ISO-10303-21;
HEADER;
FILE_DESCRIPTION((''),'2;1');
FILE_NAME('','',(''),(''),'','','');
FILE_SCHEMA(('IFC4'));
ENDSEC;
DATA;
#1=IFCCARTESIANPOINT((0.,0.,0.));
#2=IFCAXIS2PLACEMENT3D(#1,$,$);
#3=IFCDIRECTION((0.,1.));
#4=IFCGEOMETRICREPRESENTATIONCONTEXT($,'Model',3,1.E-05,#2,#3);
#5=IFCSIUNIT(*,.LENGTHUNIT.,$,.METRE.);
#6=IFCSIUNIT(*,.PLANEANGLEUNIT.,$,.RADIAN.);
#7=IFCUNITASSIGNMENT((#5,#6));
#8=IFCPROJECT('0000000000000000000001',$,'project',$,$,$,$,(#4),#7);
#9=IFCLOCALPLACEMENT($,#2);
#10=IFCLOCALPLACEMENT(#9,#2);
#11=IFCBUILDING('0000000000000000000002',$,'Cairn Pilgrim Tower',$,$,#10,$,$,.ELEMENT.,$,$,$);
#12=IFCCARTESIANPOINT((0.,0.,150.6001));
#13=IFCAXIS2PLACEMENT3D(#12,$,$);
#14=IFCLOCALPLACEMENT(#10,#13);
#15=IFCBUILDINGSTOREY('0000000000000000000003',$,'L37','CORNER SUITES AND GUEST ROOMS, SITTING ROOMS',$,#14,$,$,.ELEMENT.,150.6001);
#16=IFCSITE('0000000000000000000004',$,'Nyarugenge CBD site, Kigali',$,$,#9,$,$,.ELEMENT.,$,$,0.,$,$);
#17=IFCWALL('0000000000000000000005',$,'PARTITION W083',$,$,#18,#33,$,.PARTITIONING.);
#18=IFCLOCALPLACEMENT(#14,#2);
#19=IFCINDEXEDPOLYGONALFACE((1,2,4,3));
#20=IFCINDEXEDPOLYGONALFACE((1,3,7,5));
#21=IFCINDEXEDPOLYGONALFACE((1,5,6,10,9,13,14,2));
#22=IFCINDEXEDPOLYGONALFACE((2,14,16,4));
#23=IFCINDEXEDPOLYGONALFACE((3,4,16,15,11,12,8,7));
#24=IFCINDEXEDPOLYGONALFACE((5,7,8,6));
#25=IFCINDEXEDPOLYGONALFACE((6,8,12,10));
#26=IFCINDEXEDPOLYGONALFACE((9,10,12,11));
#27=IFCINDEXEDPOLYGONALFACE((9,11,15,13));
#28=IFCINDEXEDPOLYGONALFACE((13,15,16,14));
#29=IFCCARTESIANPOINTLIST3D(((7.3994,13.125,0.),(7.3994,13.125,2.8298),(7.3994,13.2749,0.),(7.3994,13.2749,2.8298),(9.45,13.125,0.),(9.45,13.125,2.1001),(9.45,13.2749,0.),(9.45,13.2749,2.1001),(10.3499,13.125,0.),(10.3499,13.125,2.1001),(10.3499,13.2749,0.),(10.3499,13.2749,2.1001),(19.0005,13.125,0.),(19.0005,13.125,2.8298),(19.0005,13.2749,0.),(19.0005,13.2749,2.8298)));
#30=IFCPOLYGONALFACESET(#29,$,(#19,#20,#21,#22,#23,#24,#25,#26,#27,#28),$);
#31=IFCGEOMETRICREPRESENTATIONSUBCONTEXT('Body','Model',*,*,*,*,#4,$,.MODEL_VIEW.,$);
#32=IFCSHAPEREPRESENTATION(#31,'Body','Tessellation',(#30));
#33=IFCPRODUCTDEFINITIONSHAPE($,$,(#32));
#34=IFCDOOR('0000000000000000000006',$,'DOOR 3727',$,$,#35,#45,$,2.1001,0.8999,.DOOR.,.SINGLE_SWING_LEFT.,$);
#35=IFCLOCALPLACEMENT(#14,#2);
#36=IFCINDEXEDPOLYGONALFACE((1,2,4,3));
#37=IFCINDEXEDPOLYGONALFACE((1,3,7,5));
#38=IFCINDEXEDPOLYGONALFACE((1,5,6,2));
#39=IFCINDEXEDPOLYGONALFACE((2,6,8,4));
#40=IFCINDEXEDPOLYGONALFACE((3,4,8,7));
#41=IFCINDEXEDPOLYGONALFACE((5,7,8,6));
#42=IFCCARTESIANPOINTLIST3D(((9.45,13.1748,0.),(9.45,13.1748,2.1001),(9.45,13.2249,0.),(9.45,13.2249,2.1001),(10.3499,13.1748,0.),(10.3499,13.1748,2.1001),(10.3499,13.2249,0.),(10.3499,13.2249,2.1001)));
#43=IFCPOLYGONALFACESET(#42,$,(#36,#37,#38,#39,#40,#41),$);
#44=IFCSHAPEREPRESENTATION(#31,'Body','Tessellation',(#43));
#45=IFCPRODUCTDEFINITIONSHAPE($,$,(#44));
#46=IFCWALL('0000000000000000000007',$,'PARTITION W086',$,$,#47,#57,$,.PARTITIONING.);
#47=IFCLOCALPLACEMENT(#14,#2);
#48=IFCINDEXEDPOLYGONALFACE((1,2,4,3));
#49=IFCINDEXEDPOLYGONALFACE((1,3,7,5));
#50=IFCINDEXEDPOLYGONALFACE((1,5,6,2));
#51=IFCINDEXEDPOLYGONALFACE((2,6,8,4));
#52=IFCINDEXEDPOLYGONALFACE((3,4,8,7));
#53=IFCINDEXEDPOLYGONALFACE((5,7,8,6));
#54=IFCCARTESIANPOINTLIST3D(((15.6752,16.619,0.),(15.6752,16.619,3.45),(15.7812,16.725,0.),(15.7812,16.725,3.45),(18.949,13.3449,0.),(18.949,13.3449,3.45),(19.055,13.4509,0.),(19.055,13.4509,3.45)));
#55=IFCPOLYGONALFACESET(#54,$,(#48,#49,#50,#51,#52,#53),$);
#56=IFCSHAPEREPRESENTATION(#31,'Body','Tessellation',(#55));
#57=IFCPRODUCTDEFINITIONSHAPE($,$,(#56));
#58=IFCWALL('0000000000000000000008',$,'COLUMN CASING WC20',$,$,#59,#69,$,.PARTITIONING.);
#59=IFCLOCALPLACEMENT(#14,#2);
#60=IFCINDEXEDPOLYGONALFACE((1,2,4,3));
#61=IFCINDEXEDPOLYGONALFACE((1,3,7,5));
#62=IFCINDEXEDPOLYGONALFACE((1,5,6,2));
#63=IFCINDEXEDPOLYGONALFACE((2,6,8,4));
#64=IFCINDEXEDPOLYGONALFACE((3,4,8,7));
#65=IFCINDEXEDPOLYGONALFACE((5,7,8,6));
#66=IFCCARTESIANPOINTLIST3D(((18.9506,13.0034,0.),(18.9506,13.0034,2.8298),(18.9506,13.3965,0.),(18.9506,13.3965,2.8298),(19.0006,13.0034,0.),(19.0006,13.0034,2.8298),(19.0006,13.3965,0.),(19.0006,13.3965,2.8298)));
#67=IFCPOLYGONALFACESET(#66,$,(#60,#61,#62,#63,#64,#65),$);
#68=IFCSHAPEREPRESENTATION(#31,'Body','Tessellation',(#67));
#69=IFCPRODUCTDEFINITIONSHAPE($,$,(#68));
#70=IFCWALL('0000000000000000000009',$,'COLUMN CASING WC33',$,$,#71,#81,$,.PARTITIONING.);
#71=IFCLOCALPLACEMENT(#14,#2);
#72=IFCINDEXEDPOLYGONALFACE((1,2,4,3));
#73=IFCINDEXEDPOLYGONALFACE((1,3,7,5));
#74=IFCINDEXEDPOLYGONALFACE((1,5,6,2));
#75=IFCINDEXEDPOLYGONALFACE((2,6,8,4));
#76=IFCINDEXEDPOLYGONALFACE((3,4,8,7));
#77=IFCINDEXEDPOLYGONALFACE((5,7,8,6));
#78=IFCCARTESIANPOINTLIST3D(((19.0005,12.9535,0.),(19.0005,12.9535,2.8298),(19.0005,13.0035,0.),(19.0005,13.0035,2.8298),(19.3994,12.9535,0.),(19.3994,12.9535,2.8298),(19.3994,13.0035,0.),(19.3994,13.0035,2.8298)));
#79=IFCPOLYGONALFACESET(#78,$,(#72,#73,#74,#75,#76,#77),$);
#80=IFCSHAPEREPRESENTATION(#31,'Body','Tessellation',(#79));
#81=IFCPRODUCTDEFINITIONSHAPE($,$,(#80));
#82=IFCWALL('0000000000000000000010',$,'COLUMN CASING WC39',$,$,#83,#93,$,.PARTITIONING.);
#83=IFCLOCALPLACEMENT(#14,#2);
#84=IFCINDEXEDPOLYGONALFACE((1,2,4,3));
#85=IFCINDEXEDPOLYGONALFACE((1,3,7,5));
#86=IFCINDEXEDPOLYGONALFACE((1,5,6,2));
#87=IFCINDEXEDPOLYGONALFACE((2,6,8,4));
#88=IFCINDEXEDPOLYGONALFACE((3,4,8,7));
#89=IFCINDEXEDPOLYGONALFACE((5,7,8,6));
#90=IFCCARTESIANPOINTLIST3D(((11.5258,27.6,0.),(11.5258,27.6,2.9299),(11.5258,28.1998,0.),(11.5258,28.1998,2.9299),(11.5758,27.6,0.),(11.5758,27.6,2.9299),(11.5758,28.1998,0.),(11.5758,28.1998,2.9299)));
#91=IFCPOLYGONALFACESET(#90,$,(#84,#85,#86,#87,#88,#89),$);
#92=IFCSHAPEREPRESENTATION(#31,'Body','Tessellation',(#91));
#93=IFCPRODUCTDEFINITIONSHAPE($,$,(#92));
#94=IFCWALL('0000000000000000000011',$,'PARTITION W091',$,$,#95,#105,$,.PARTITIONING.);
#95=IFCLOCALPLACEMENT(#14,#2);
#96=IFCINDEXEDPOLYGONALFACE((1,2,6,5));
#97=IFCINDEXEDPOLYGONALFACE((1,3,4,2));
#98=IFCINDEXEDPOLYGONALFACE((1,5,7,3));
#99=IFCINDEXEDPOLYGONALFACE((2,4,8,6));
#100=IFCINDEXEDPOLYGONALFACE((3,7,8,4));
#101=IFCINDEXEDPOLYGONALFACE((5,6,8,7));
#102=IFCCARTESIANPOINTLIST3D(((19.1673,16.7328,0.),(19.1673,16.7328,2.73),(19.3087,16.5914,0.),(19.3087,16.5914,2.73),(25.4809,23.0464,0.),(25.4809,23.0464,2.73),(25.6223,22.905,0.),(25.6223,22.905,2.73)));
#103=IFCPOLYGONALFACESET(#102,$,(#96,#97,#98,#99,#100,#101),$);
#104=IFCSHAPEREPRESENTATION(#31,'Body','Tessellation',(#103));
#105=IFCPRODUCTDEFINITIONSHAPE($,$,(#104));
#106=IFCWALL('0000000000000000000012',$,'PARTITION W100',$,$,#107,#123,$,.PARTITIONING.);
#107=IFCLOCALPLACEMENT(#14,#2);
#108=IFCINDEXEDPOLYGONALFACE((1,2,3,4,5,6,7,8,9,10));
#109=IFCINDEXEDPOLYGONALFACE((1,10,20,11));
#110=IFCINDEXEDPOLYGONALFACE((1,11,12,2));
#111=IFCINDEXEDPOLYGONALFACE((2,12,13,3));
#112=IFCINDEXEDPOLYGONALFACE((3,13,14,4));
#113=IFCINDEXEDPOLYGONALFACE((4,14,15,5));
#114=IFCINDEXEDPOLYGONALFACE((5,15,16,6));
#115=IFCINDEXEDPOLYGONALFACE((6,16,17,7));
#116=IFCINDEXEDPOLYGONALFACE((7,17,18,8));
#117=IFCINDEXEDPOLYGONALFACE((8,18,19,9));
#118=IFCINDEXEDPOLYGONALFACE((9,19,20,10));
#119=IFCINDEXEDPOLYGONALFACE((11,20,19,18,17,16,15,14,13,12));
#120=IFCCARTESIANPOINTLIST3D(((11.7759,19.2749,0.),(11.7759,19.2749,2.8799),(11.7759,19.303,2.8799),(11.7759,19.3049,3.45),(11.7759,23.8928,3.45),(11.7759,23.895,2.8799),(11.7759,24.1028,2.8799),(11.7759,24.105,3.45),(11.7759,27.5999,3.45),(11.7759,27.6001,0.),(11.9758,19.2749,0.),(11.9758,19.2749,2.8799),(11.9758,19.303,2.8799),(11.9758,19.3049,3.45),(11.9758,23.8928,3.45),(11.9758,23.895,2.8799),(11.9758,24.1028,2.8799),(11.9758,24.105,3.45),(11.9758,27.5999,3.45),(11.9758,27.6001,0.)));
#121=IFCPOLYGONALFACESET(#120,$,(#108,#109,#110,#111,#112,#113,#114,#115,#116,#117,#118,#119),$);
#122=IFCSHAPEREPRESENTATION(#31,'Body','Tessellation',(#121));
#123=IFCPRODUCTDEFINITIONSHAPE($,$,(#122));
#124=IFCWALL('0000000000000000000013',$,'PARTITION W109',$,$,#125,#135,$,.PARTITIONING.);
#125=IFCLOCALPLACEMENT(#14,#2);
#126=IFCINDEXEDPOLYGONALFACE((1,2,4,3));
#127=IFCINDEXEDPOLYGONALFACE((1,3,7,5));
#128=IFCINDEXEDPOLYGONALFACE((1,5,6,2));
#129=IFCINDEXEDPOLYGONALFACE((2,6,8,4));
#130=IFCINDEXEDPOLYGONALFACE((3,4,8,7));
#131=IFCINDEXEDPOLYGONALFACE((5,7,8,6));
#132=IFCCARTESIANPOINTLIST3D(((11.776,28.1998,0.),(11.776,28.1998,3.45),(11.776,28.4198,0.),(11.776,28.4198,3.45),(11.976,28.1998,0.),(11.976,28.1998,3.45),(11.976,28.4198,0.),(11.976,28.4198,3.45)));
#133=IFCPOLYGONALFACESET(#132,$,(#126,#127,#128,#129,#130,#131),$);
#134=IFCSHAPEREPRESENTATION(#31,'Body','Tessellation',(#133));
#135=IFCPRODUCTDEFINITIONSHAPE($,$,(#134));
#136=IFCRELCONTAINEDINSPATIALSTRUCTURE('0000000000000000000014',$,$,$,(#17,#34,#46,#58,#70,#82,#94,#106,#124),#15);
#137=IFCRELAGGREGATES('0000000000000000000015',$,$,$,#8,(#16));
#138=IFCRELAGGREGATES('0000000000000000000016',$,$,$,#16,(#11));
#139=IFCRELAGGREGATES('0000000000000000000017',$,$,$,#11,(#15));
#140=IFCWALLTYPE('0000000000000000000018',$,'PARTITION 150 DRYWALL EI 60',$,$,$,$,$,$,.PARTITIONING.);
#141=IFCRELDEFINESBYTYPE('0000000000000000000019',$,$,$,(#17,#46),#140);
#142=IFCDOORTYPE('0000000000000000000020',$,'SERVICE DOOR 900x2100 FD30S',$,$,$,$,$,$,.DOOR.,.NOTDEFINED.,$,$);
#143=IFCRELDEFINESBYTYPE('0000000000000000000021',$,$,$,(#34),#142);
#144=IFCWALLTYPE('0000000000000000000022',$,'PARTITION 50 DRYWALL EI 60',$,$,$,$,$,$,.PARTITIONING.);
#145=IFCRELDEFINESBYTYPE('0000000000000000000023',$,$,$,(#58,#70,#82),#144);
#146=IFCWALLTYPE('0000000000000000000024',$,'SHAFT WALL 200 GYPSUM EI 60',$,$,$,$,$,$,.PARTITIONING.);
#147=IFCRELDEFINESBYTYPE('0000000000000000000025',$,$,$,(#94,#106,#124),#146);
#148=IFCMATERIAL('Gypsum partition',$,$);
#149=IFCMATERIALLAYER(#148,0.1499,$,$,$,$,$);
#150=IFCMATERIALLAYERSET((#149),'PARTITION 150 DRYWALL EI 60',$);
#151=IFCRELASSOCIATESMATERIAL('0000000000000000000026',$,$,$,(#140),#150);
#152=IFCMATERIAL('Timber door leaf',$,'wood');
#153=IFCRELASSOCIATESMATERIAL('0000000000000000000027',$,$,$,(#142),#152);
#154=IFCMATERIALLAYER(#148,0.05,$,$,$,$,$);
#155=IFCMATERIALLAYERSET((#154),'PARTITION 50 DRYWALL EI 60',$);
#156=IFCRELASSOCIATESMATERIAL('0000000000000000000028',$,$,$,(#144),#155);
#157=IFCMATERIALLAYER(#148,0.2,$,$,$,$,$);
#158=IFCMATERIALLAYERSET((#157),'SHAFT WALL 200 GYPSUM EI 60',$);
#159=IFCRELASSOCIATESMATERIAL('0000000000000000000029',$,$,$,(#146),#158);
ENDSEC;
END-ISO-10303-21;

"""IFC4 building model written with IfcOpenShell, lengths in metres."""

from ifc_helpers import new_model, si_unit, direction, frame, frame_2d, origin, place, context, subcontext, project, spatial, polyline, rectangle, outline, extrude, material, layer, layer_set, type_object, element, fill, save


model = new_model("IFC4")

# Units and contexts
model_context = context("Model", 3, precision=1e-05, world=origin(), true_north=direction((0.0, 1.0)))
body_context = subcontext(model_context, "Body", "Model", "MODEL_VIEW")
ifc_project = project(units=[si_unit("LENGTHUNIT", "METRE"), si_unit("PLANEANGLEUNIT", "RADIAN")], contexts=[model_context])

# Site, building, storey
site_placement = place(None, origin())
site = spatial("IfcSite", under=ifc_project, at=site_placement, Name="Nyarugenge CBD site, Kigali", CompositionType="ELEMENT", RefElevation=0.0)
building_placement = place(site_placement, origin())
building = spatial("IfcBuilding", under=site, at=building_placement, Name="Cairn Pilgrim Tower", CompositionType="ELEMENT")
storey_placement = place(building_placement, frame((0.0, 0.0, 150.6001)))
storey = spatial("IfcBuildingStorey", under=building, at=storey_placement, Name="L37", Description="CORNER SUITES AND GUEST ROOMS, SITTING ROOMS", CompositionType="ELEMENT", Elevation=150.6001)

# Shared definitions
ifc_material_1 = material(Name="Gypsum partition")
ifc_material_2 = material(Name="Timber door leaf", Category="wood")

# Wall, opening, door
ifc_layer_1 = layer(ifc_material_1, 0.1499)
ifc_layer_set_1 = layer_set([ifc_layer_1], Name="PARTITION 150 DRYWALL EI 60")
wall_type_1 = type_object("IfcWallType", Name="PARTITION 150 DRYWALL EI 60", PredefinedType="PARTITIONING", material=ifc_layer_set_1)
wall_1_placement = place(storey_placement, frame((7.3994, 13.2, 0.0), z_axis=(0.0, 0.0, 1.0), x_axis=(1.0, 0.0, 0.0)))
wall_1 = element("IfcWall", 1, at=wall_1_placement, inside=storey, type_object=wall_type_1, Name="PARTITION W083", PredefinedType="PARTITIONING", context=body_context, shape_type="SweptSolid", body=[
    extrude(rectangle(XDim=11.6011, YDim=0.1499, at=frame_2d((5.8005, 0.0))), origin(), (0.0, 0.0, 1.0), 2.8298),
])
opening_1_placement = place(wall_1_placement, frame((2.0505, 0.0, 0.0)))
opening_1 = element("IfcOpeningElement", 2, at=opening_1_placement, cuts=wall_1, PredefinedType="OPENING", context=body_context, shape_type="SweptSolid", body=[
    extrude(rectangle(XDim=0.8999, YDim=2.1001, at=frame_2d((0.45, 1.05))), frame((0.0, 0.085, 0.0), z_axis=(0.0, -1.0, 0.0), x_axis=(1.0, 0.0, 0.0)), (0.0, 0.0, 1.0), 0.1699),
])
door_type_1 = type_object("IfcDoorType", Name="SERVICE DOOR 900x2100 FD30S", OperationType="NOTDEFINED", PredefinedType="DOOR", material=ifc_material_2)
door_1_placement = place(opening_1_placement, origin())
door_1 = element("IfcDoor", 3, at=door_1_placement, inside=storey, type_object=door_type_1, Name="DOOR 3727", OperationType="SINGLE_SWING_LEFT", OverallHeight=2.1001, OverallWidth=0.8999, PredefinedType="DOOR", context=body_context, shape_type="SweptSolid", body=[
    extrude(rectangle(XDim=0.8999, YDim=2.1001, at=frame_2d((0.45, 1.05))), frame((0.0, 0.0249, 0.0), z_axis=(0.0, -1.0, 0.0), x_axis=(1.0, 0.0, 0.0)), (0.0, 0.0, 1.0), 0.05),
])
fill(opening_1, door_1)

# Walls
wall_2_placement = place(storey_placement, frame((19.002, 13.3979, 0.0), z_axis=(0.0, 0.0, 1.0), x_axis=(-0.70708, 0.707133, 0.0)))
element("IfcWall", 4, at=wall_2_placement, inside=storey, type_object=wall_type_1, Name="PARTITION W086", PredefinedType="PARTITIONING", context=body_context, shape_type="SweptSolid", body=[
    extrude(rectangle(XDim=4.6301, YDim=0.1499, at=frame_2d((2.3149, 0.0))), origin(), (0.0, 0.0, 1.0), 3.45),
])
ifc_layer_2 = layer(ifc_material_1, 0.05)
ifc_layer_set_2 = layer_set([ifc_layer_2], Name="PARTITION 50 DRYWALL EI 60")
wall_type_2 = type_object("IfcWallType", Name="PARTITION 50 DRYWALL EI 60", PredefinedType="PARTITIONING", material=ifc_layer_set_2)
wall_3_placement = place(storey_placement, frame((18.9756, 13.0034, 0.0), z_axis=(0.0, 0.0, 1.0), x_axis=(0.0, 1.0, 0.0)))
element("IfcWall", 5, at=wall_3_placement, inside=storey, type_object=wall_type_2, Name="COLUMN CASING WC20", PredefinedType="PARTITIONING", context=body_context, shape_type="SweptSolid", body=[
    extrude(rectangle(XDim=0.3931, YDim=0.05, at=frame_2d((0.1965, 0.0))), origin(), (0.0, 0.0, 1.0), 2.8298),
])
wall_4_placement = place(storey_placement, frame((19.0005, 12.9785, 0.0), z_axis=(0.0, 0.0, 1.0), x_axis=(1.0, 0.0, 0.0)))
element("IfcWall", 6, at=wall_4_placement, inside=storey, type_object=wall_type_2, Name="COLUMN CASING WC33", PredefinedType="PARTITIONING", context=body_context, shape_type="SweptSolid", body=[
    extrude(rectangle(XDim=0.3989, YDim=0.05, at=frame_2d((0.1995, 0.0))), origin(), (0.0, 0.0, 1.0), 2.8298),
])
wall_5_placement = place(storey_placement, frame((11.5508, 27.6001, 0.0), z_axis=(0.0, 0.0, 1.0), x_axis=(0.0, 1.0, 0.0)))
element("IfcWall", 7, at=wall_5_placement, inside=storey, type_object=wall_type_2, Name="COLUMN CASING WC39", PredefinedType="PARTITIONING", context=body_context, shape_type="SweptSolid", body=[
    extrude(rectangle(XDim=0.5999, YDim=0.05, at=frame_2d((0.2998, 0.0))), origin(), (0.0, 0.0, 1.0), 2.9299),
])
ifc_layer_3 = layer(ifc_material_1, 0.2)
ifc_layer_set_3 = layer_set([ifc_layer_3], Name="SHAFT WALL 200 GYPSUM EI 60")
wall_type_3 = type_object("IfcWallType", Name="SHAFT WALL 200 GYPSUM EI 60", PredefinedType="PARTITIONING", material=ifc_layer_set_3)
wall_6_placement = place(storey_placement, frame((19.238, 16.6621, 0.0), z_axis=(0.0, 0.0, 1.0), x_axis=(0.707107, 0.707107, 0.0)))
element("IfcWall", 8, at=wall_6_placement, inside=storey, type_object=wall_type_3, Name="PARTITION W091", PredefinedType="PARTITIONING", context=body_context, shape_type="SweptSolid", body=[
    extrude(rectangle(XDim=8.9287, YDim=0.2, at=frame_2d((4.4644, 0.0))), origin(), (0.0, 0.0, 1.0), 2.73),
])
wall_7_placement = place(storey_placement, frame((11.876, 19.2749, 0.0), z_axis=(0.0, 0.0, 1.0), x_axis=(0.0, 1.0, 0.0)))
element("IfcWall", 9, at=wall_7_placement, inside=storey, type_object=wall_type_3, Name="PARTITION W100", PredefinedType="PARTITIONING", context=body_context, shape_type="SweptSolid", body=[
    extrude(outline(polyline([(0.0, 0.0), (8.3252, 0.0), (8.325, 3.45), (4.8301, 3.45), (4.8279, 2.8799), (4.6201, 2.8799), (4.6179, 3.45), (0.03, 3.45), (0.0281, 2.8799), (0.0, 2.8799), (0.0, 0.0)])), frame((0.0, 0.1001, 0.0), z_axis=(0.0, -1.0, 0.0), x_axis=(1.0, 0.0, 0.0)), (0.0, 0.0, 1.0), 0.2),
])
wall_8_placement = place(storey_placement, frame((11.876, 28.2, 0.0), z_axis=(0.0, 0.0, 1.0), x_axis=(0.0, 1.0, 0.0)))
element("IfcWall", 10, at=wall_8_placement, inside=storey, type_object=wall_type_3, Name="PARTITION W109", PredefinedType="PARTITIONING", context=body_context, shape_type="SweptSolid", body=[
    extrude(rectangle(XDim=0.22, YDim=0.2, at=frame_2d((0.1099, 0.0))), origin(), (0.0, 0.0, 1.0), 3.45),
])

save(model, "model.ifc")
